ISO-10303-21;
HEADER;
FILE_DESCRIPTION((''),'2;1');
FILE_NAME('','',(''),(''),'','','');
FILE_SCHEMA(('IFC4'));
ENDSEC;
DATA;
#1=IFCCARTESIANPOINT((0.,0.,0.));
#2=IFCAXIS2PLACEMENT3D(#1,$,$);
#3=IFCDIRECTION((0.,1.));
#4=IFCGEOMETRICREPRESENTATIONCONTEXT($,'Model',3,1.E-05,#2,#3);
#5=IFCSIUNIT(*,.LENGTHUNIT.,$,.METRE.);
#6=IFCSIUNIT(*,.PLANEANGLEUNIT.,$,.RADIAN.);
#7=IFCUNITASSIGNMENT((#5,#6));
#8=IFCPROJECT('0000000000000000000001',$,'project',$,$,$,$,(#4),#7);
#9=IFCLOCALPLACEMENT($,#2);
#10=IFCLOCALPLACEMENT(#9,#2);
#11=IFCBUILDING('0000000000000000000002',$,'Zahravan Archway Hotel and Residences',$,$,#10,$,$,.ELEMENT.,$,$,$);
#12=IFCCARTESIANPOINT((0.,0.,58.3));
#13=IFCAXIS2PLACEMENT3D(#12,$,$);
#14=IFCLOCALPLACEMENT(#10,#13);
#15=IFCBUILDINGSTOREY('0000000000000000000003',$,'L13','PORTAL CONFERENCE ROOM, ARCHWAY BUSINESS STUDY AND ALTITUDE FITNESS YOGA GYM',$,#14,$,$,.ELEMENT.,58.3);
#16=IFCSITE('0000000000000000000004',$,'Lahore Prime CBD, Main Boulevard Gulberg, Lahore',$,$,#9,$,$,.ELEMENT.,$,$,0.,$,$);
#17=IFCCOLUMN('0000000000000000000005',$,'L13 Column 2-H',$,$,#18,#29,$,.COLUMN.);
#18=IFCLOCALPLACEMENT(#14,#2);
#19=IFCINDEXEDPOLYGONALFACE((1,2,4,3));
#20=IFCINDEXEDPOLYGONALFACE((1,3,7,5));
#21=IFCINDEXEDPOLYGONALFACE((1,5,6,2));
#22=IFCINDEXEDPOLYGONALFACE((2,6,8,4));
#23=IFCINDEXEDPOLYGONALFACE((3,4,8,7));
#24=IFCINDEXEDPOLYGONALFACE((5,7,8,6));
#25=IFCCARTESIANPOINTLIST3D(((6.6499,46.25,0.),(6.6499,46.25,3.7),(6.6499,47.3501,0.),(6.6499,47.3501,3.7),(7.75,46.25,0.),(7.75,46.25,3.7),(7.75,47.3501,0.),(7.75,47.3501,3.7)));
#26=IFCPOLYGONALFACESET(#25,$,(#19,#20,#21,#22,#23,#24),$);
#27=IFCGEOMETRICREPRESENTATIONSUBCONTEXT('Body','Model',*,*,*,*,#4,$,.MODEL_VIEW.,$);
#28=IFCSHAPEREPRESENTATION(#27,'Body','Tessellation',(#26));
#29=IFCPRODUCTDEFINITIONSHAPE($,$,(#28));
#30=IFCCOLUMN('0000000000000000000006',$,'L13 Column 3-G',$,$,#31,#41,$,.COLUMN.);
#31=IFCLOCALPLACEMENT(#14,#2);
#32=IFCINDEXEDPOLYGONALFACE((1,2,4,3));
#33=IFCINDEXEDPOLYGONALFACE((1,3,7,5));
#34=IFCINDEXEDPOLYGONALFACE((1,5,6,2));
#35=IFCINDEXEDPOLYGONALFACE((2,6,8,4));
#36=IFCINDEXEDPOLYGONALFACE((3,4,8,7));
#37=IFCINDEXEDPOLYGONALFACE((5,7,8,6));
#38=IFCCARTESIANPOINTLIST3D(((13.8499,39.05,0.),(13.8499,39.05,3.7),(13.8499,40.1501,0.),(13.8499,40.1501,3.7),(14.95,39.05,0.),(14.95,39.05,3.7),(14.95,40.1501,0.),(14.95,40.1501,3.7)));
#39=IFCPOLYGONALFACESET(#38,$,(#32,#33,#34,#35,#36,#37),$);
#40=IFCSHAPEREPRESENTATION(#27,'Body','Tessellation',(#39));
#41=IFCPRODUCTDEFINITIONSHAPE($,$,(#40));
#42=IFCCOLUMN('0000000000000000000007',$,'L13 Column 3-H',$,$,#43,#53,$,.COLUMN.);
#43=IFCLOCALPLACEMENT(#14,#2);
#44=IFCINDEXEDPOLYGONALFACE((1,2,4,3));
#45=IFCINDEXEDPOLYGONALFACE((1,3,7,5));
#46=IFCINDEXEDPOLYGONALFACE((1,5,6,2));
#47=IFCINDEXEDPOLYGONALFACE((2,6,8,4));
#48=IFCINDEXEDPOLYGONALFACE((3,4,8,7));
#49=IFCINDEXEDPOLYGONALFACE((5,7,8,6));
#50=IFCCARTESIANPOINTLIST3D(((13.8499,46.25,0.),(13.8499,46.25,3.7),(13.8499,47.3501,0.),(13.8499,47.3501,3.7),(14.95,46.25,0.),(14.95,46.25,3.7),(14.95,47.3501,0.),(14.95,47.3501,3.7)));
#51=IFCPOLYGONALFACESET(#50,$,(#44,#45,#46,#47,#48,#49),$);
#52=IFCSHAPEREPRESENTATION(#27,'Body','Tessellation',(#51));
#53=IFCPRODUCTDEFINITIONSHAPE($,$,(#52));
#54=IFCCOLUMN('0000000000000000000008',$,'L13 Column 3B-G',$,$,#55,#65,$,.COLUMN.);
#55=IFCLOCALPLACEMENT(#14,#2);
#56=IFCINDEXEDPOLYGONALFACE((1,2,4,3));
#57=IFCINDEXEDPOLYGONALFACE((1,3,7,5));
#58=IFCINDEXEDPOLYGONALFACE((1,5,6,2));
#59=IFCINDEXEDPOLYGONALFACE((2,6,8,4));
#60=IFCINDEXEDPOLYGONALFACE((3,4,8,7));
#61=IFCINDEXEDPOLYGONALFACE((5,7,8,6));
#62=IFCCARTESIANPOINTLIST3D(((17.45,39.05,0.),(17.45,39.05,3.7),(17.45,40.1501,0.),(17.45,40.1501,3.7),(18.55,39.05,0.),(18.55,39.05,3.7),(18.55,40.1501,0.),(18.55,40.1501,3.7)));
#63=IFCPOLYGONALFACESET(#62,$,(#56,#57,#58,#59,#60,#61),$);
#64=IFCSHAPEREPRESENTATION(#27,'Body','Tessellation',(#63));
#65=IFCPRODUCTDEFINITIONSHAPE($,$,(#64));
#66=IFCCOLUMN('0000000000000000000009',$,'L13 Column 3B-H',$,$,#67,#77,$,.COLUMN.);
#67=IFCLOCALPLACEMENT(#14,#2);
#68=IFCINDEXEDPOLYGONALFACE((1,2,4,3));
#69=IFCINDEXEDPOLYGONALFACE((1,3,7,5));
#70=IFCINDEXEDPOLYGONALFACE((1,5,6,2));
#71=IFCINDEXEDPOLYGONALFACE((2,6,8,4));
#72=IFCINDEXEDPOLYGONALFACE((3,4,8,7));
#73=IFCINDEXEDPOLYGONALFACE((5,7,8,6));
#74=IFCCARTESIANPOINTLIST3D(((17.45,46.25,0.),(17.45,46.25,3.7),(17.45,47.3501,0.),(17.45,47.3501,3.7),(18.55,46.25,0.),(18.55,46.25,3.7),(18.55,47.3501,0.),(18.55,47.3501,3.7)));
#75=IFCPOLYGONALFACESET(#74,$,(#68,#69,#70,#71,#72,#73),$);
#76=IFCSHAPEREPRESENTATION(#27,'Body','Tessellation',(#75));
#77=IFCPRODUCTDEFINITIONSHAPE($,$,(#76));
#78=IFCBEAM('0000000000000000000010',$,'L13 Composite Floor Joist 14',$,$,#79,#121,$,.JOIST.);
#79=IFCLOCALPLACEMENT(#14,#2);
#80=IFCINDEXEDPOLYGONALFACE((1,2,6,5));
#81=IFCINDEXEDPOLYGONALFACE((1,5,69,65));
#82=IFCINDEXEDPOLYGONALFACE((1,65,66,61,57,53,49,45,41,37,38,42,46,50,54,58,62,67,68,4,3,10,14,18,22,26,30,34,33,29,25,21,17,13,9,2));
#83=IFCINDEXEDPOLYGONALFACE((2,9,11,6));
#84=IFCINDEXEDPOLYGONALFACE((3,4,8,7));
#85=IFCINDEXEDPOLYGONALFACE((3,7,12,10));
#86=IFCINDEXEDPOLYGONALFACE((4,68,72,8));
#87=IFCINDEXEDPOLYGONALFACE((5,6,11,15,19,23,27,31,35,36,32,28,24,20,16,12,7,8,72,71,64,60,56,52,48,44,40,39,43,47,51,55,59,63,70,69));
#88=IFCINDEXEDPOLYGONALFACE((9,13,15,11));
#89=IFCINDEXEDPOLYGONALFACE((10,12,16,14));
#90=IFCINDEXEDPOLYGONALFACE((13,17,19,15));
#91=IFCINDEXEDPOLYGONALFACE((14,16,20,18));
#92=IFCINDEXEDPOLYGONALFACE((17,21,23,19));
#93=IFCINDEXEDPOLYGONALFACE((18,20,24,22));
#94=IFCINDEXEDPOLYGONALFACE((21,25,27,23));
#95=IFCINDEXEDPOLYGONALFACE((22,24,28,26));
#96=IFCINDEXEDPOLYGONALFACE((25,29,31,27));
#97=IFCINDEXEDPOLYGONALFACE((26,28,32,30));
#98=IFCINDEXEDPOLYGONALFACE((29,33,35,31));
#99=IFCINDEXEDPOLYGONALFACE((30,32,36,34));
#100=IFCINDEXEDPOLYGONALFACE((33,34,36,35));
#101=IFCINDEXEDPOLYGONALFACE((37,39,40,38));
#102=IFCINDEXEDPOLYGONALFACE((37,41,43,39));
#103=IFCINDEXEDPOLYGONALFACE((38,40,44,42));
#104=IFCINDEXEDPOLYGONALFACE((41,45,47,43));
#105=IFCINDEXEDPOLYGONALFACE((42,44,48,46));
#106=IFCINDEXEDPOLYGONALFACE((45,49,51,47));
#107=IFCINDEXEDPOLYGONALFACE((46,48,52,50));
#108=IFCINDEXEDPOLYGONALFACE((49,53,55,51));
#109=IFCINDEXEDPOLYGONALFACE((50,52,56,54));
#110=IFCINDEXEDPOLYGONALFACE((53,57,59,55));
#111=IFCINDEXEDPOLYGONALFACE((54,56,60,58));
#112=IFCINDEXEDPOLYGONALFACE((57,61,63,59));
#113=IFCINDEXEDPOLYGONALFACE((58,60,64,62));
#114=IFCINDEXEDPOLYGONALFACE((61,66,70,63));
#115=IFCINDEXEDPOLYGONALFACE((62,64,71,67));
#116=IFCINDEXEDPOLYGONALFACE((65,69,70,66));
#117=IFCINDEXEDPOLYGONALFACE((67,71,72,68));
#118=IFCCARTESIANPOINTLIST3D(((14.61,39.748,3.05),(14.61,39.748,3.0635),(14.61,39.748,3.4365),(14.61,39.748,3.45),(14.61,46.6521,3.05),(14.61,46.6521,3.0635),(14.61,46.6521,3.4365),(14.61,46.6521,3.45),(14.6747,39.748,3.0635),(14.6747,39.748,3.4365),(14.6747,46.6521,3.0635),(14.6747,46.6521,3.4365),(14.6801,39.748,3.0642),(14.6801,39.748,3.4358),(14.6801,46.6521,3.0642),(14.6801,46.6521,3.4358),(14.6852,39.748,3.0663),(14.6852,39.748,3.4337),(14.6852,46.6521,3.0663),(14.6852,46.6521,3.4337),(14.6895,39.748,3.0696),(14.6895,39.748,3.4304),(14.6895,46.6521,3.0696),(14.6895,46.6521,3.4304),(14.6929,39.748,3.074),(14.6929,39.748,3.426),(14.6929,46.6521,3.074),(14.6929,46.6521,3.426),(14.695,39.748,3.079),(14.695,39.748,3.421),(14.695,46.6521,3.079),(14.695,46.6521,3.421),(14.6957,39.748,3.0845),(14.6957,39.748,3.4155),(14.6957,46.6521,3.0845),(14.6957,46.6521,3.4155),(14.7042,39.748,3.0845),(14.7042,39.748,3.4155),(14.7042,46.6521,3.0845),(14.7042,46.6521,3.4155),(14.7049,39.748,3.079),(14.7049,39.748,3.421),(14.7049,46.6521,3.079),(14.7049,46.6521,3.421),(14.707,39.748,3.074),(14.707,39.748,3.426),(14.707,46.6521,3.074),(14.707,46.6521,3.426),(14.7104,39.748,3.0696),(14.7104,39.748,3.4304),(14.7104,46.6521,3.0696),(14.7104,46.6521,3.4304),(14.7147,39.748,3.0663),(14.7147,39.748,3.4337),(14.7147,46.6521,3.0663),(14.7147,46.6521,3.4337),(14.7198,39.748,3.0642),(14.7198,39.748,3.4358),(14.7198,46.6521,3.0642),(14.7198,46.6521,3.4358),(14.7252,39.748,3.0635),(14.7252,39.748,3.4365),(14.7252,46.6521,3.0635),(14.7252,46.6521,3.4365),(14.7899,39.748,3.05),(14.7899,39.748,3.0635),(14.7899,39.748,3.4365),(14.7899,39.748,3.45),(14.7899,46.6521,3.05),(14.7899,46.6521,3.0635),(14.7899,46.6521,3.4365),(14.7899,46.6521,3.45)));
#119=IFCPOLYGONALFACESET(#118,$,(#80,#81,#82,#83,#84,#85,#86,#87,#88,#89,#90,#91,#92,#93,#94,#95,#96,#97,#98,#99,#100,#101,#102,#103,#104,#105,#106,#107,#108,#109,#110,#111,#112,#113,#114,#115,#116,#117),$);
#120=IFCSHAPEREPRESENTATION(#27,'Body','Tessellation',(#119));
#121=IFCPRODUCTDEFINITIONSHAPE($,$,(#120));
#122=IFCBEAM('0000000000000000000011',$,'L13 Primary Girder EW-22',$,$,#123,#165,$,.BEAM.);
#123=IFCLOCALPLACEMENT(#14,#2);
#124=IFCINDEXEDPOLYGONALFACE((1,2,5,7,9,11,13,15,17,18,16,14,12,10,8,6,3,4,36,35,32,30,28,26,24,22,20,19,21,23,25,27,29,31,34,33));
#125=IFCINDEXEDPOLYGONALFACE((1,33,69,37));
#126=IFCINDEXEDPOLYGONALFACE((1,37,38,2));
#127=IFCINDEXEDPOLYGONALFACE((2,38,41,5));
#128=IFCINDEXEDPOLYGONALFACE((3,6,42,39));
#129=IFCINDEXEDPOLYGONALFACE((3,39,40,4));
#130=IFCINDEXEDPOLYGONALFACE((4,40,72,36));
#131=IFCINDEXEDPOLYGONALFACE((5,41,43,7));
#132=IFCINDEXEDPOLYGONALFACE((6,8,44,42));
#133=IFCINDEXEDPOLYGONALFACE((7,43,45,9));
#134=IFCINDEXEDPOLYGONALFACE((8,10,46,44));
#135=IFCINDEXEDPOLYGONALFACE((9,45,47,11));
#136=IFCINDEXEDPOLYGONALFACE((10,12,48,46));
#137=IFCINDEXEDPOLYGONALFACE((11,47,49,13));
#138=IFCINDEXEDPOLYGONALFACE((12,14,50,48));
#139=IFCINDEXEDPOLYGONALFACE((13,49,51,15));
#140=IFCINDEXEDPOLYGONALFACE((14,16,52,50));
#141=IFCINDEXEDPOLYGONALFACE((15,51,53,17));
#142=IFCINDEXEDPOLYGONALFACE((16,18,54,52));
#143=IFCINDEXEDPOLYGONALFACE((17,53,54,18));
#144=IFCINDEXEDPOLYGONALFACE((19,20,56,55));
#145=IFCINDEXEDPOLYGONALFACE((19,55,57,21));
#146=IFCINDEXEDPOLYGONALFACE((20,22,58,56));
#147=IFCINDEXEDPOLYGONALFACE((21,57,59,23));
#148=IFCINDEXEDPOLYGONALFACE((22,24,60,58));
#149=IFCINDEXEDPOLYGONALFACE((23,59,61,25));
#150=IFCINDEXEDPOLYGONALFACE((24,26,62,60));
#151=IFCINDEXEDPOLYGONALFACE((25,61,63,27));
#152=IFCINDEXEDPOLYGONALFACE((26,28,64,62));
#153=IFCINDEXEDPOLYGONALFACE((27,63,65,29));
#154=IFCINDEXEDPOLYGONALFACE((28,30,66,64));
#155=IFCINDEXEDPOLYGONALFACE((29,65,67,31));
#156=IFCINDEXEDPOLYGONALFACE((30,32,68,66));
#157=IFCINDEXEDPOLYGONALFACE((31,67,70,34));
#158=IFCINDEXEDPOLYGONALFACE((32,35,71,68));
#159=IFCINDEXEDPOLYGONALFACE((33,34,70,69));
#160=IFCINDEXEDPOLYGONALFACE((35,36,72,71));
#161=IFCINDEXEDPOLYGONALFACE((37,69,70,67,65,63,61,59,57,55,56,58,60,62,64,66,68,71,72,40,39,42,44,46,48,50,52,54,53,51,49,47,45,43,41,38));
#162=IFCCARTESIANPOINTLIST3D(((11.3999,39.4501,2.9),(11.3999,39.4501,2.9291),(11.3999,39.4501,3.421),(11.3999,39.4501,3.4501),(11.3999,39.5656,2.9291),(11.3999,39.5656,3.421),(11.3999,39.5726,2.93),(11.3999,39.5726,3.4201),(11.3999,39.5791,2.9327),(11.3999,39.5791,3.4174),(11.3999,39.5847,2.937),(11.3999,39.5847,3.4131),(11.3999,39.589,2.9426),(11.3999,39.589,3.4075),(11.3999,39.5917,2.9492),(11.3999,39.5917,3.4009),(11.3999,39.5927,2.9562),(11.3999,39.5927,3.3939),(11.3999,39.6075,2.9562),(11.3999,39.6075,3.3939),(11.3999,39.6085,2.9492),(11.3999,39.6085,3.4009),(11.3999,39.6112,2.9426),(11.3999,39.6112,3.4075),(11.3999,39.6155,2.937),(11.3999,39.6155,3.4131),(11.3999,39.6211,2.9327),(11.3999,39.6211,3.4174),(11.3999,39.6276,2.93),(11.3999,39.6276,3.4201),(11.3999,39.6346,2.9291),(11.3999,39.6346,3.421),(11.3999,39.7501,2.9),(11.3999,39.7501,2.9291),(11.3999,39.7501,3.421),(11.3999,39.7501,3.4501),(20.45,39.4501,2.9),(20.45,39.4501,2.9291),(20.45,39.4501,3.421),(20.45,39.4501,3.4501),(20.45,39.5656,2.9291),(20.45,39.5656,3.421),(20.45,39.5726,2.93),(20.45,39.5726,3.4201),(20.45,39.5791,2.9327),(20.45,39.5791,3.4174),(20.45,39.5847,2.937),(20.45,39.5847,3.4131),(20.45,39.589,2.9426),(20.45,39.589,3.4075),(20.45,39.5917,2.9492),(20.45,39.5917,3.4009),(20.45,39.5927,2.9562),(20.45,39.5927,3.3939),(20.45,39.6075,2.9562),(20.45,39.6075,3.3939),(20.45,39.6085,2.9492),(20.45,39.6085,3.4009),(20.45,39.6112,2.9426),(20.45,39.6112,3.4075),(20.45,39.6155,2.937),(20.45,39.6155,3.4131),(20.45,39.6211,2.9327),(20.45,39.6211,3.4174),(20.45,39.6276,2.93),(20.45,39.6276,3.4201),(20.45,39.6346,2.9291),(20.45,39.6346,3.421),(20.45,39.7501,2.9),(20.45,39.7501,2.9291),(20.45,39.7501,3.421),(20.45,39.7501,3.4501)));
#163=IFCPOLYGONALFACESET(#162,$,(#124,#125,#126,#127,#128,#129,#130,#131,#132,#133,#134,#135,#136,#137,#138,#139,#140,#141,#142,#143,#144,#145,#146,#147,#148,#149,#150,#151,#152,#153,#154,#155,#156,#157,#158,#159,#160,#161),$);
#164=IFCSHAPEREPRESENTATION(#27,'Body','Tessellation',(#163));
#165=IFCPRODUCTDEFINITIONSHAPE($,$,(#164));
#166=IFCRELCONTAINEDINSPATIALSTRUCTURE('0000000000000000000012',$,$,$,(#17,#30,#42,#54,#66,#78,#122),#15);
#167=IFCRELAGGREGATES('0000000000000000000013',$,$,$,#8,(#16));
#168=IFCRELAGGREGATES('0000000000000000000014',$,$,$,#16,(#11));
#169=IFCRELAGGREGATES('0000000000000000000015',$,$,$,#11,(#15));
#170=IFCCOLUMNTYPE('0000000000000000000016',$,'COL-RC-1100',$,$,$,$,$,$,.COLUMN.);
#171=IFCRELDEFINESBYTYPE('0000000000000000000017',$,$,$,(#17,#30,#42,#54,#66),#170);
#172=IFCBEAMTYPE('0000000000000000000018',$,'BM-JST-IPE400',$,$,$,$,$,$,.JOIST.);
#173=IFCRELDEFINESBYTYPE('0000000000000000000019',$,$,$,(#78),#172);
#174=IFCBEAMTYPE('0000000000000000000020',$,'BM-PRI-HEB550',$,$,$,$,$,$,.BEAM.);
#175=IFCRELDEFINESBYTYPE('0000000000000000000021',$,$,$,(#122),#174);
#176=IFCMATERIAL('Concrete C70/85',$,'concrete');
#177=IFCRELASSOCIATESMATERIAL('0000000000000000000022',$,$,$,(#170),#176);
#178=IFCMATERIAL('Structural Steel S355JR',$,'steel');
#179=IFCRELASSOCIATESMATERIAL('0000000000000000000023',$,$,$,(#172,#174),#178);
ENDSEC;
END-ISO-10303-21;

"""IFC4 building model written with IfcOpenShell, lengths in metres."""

from ifc_helpers import new_model, si_unit, direction, frame, origin, origin_2d, place, context, subcontext, project, spatial, rectangle, i_section, extrude, source, transform, mapped, material, material_profile, profile_set, type_object, type_shapes, element, save


model = new_model("IFC4")

# Units and contexts
model_context = context("Model", 3, precision=1e-05, world=origin(), true_north=direction((0.0, 1.0)))
body_context = subcontext(model_context, "Body", "Model", "MODEL_VIEW")
ifc_project = project(units=[si_unit("LENGTHUNIT", "METRE"), si_unit("PLANEANGLEUNIT", "RADIAN")], contexts=[model_context])

# Site, building, storey
site_placement = place(None, origin())
site = spatial("IfcSite", under=ifc_project, at=site_placement, Name="Lahore Prime CBD, Main Boulevard Gulberg, Lahore", CompositionType="ELEMENT", RefElevation=0.0)
building_placement = place(site_placement, origin())
building = spatial("IfcBuilding", under=site, at=building_placement, Name="Zahravan Archway Hotel and Residences", CompositionType="ELEMENT")
storey_placement = place(building_placement, frame((0.0, 0.0, 58.3)))
storey = spatial("IfcBuildingStorey", under=building, at=storey_placement, Name="L13", Description="PORTAL CONFERENCE ROOM, ARCHWAY BUSINESS STUDY AND ALTITUDE FITNESS YOGA GYM", CompositionType="ELEMENT", Elevation=58.3)

# Columns
ifc_material_1 = material(Name="Concrete C70/85", Category="concrete")
ifc_material_profile_1 = material_profile(ifc_material_1, rectangle(XDim=1.1001, YDim=1.1001, at=origin_2d()), Name="RC 1100x1100", Category="concrete")
ifc_profile_set_1 = profile_set([ifc_material_profile_1], Name="Concrete C70/85")
column_type = type_object("IfcColumnType", Name="COL-RC-1100", PredefinedType="COLUMN", material=ifc_profile_set_1)
shared_shape_1 = source(origin(), body_context, "Body", "SweptSolid", [
    extrude(rectangle(XDim=1.1001, YDim=1.1001, at=origin_2d()), origin(), (0.0, 0.0, 1.0), 3.7),
])
for number, where, z_axis, x_axis, name in (
    (1, (7.2, 46.8, 0.0), (0.0, 0.0, 1.0), (1.0, 0.0, 0.0), "L13 Column 2-H"),
    (2, (14.3999, 39.6001, 0.0), (0.0, 0.0, 1.0), (1.0, 0.0, 0.0), "L13 Column 3-G"),
    (3, (14.3999, 46.8, 0.0), (0.0, 0.0, 1.0), (1.0, 0.0, 0.0), "L13 Column 3-H"),
    (4, (18.0, 39.6001, 0.0), (0.0, 0.0, 1.0), (1.0, 0.0, 0.0), "L13 Column 3B-G"),
    (5, (18.0, 46.8, 0.0), (0.0, 0.0, 1.0), (1.0, 0.0, 0.0), "L13 Column 3B-H"),
):
    element("IfcColumn", number, at=place(storey_placement, frame(where, z_axis=z_axis, x_axis=x_axis)), inside=storey, type_object=column_type, Name=name, PredefinedType="COLUMN", context=body_context, shape_type="MappedRepresentation", body=[
        mapped(shared_shape_1, transform((0.0, 0.0, 0.0), scale=1.0)),
    ])

# Beams
ifc_material_2 = material(Name="Structural Steel S355JR", Category="steel")
ifc_material_profile_2 = material_profile(ifc_material_2, i_section(OverallWidth=0.1799, OverallDepth=0.3999, WebThickness=0.0085, FlangeThickness=0.0134, FilletRadius=0.021, at=origin_2d()), Name="IPE 400", Category="steel")
ifc_profile_set_2 = profile_set([ifc_material_profile_2], Name="Structural Steel S355JR")
beam_type_1 = type_object("IfcBeamType", Name="BM-JST-IPE400", PredefinedType="JOIST", material=ifc_profile_set_2)
shared_shape_2 = source(origin(), body_context, "Body", "SweptSolid", [
    extrude(i_section(OverallWidth=0.1799, OverallDepth=0.3999, WebThickness=0.0085, FlangeThickness=0.0134, FilletRadius=0.021, at=origin_2d()), origin(), (0.0, 0.0, 1.0), 6.9041),
])
type_shapes(beam_type_1, [shared_shape_2])
beam_1_placement = place(storey_placement, frame((14.7, 39.748, 3.25), z_axis=(0.0, 1.0, 0.0), x_axis=(-1.0, 0.0, 0.0)))
element("IfcBeam", 6, at=beam_1_placement, inside=storey, type_object=beam_type_1, Name="L13 Composite Floor Joist 14", PredefinedType="JOIST", context=body_context, shape_type="MappedRepresentation", body=[
    mapped(shared_shape_2, transform((0.0, 0.0, 0.0), scale=1.0)),
])
ifc_material_profile_3 = material_profile(ifc_material_2, i_section(OverallWidth=0.3, OverallDepth=0.55, WebThickness=0.0149, FlangeThickness=0.0291, FilletRadius=0.0271, at=origin_2d()), Name="HEB 550", Category="steel")
ifc_profile_set_3 = profile_set([ifc_material_profile_3], Name="Structural Steel S355JR")
beam_type_2 = type_object("IfcBeamType", Name="BM-PRI-HEB550", PredefinedType="BEAM", material=ifc_profile_set_3)
shared_shape_3 = source(origin(), body_context, "Body", "SweptSolid", [
    extrude(i_section(OverallWidth=0.3, OverallDepth=0.55, WebThickness=0.0149, FlangeThickness=0.0291, FilletRadius=0.0271, at=origin_2d()), origin(), (0.0, 0.0, 1.0), 9.05),
])
beam_2_placement = place(storey_placement, frame((11.3999, 39.6001, 3.175), z_axis=(1.0, 0.0, 0.0), x_axis=(0.0, 1.0, 0.0)))
element("IfcBeam", 7, at=beam_2_placement, inside=storey, type_object=beam_type_2, Name="L13 Primary Girder EW-22", PredefinedType="BEAM", context=body_context, shape_type="MappedRepresentation", body=[
    mapped(shared_shape_3, transform((0.0, 0.0, 0.0), scale=1.0)),
])

save(model, "model.ifc")
